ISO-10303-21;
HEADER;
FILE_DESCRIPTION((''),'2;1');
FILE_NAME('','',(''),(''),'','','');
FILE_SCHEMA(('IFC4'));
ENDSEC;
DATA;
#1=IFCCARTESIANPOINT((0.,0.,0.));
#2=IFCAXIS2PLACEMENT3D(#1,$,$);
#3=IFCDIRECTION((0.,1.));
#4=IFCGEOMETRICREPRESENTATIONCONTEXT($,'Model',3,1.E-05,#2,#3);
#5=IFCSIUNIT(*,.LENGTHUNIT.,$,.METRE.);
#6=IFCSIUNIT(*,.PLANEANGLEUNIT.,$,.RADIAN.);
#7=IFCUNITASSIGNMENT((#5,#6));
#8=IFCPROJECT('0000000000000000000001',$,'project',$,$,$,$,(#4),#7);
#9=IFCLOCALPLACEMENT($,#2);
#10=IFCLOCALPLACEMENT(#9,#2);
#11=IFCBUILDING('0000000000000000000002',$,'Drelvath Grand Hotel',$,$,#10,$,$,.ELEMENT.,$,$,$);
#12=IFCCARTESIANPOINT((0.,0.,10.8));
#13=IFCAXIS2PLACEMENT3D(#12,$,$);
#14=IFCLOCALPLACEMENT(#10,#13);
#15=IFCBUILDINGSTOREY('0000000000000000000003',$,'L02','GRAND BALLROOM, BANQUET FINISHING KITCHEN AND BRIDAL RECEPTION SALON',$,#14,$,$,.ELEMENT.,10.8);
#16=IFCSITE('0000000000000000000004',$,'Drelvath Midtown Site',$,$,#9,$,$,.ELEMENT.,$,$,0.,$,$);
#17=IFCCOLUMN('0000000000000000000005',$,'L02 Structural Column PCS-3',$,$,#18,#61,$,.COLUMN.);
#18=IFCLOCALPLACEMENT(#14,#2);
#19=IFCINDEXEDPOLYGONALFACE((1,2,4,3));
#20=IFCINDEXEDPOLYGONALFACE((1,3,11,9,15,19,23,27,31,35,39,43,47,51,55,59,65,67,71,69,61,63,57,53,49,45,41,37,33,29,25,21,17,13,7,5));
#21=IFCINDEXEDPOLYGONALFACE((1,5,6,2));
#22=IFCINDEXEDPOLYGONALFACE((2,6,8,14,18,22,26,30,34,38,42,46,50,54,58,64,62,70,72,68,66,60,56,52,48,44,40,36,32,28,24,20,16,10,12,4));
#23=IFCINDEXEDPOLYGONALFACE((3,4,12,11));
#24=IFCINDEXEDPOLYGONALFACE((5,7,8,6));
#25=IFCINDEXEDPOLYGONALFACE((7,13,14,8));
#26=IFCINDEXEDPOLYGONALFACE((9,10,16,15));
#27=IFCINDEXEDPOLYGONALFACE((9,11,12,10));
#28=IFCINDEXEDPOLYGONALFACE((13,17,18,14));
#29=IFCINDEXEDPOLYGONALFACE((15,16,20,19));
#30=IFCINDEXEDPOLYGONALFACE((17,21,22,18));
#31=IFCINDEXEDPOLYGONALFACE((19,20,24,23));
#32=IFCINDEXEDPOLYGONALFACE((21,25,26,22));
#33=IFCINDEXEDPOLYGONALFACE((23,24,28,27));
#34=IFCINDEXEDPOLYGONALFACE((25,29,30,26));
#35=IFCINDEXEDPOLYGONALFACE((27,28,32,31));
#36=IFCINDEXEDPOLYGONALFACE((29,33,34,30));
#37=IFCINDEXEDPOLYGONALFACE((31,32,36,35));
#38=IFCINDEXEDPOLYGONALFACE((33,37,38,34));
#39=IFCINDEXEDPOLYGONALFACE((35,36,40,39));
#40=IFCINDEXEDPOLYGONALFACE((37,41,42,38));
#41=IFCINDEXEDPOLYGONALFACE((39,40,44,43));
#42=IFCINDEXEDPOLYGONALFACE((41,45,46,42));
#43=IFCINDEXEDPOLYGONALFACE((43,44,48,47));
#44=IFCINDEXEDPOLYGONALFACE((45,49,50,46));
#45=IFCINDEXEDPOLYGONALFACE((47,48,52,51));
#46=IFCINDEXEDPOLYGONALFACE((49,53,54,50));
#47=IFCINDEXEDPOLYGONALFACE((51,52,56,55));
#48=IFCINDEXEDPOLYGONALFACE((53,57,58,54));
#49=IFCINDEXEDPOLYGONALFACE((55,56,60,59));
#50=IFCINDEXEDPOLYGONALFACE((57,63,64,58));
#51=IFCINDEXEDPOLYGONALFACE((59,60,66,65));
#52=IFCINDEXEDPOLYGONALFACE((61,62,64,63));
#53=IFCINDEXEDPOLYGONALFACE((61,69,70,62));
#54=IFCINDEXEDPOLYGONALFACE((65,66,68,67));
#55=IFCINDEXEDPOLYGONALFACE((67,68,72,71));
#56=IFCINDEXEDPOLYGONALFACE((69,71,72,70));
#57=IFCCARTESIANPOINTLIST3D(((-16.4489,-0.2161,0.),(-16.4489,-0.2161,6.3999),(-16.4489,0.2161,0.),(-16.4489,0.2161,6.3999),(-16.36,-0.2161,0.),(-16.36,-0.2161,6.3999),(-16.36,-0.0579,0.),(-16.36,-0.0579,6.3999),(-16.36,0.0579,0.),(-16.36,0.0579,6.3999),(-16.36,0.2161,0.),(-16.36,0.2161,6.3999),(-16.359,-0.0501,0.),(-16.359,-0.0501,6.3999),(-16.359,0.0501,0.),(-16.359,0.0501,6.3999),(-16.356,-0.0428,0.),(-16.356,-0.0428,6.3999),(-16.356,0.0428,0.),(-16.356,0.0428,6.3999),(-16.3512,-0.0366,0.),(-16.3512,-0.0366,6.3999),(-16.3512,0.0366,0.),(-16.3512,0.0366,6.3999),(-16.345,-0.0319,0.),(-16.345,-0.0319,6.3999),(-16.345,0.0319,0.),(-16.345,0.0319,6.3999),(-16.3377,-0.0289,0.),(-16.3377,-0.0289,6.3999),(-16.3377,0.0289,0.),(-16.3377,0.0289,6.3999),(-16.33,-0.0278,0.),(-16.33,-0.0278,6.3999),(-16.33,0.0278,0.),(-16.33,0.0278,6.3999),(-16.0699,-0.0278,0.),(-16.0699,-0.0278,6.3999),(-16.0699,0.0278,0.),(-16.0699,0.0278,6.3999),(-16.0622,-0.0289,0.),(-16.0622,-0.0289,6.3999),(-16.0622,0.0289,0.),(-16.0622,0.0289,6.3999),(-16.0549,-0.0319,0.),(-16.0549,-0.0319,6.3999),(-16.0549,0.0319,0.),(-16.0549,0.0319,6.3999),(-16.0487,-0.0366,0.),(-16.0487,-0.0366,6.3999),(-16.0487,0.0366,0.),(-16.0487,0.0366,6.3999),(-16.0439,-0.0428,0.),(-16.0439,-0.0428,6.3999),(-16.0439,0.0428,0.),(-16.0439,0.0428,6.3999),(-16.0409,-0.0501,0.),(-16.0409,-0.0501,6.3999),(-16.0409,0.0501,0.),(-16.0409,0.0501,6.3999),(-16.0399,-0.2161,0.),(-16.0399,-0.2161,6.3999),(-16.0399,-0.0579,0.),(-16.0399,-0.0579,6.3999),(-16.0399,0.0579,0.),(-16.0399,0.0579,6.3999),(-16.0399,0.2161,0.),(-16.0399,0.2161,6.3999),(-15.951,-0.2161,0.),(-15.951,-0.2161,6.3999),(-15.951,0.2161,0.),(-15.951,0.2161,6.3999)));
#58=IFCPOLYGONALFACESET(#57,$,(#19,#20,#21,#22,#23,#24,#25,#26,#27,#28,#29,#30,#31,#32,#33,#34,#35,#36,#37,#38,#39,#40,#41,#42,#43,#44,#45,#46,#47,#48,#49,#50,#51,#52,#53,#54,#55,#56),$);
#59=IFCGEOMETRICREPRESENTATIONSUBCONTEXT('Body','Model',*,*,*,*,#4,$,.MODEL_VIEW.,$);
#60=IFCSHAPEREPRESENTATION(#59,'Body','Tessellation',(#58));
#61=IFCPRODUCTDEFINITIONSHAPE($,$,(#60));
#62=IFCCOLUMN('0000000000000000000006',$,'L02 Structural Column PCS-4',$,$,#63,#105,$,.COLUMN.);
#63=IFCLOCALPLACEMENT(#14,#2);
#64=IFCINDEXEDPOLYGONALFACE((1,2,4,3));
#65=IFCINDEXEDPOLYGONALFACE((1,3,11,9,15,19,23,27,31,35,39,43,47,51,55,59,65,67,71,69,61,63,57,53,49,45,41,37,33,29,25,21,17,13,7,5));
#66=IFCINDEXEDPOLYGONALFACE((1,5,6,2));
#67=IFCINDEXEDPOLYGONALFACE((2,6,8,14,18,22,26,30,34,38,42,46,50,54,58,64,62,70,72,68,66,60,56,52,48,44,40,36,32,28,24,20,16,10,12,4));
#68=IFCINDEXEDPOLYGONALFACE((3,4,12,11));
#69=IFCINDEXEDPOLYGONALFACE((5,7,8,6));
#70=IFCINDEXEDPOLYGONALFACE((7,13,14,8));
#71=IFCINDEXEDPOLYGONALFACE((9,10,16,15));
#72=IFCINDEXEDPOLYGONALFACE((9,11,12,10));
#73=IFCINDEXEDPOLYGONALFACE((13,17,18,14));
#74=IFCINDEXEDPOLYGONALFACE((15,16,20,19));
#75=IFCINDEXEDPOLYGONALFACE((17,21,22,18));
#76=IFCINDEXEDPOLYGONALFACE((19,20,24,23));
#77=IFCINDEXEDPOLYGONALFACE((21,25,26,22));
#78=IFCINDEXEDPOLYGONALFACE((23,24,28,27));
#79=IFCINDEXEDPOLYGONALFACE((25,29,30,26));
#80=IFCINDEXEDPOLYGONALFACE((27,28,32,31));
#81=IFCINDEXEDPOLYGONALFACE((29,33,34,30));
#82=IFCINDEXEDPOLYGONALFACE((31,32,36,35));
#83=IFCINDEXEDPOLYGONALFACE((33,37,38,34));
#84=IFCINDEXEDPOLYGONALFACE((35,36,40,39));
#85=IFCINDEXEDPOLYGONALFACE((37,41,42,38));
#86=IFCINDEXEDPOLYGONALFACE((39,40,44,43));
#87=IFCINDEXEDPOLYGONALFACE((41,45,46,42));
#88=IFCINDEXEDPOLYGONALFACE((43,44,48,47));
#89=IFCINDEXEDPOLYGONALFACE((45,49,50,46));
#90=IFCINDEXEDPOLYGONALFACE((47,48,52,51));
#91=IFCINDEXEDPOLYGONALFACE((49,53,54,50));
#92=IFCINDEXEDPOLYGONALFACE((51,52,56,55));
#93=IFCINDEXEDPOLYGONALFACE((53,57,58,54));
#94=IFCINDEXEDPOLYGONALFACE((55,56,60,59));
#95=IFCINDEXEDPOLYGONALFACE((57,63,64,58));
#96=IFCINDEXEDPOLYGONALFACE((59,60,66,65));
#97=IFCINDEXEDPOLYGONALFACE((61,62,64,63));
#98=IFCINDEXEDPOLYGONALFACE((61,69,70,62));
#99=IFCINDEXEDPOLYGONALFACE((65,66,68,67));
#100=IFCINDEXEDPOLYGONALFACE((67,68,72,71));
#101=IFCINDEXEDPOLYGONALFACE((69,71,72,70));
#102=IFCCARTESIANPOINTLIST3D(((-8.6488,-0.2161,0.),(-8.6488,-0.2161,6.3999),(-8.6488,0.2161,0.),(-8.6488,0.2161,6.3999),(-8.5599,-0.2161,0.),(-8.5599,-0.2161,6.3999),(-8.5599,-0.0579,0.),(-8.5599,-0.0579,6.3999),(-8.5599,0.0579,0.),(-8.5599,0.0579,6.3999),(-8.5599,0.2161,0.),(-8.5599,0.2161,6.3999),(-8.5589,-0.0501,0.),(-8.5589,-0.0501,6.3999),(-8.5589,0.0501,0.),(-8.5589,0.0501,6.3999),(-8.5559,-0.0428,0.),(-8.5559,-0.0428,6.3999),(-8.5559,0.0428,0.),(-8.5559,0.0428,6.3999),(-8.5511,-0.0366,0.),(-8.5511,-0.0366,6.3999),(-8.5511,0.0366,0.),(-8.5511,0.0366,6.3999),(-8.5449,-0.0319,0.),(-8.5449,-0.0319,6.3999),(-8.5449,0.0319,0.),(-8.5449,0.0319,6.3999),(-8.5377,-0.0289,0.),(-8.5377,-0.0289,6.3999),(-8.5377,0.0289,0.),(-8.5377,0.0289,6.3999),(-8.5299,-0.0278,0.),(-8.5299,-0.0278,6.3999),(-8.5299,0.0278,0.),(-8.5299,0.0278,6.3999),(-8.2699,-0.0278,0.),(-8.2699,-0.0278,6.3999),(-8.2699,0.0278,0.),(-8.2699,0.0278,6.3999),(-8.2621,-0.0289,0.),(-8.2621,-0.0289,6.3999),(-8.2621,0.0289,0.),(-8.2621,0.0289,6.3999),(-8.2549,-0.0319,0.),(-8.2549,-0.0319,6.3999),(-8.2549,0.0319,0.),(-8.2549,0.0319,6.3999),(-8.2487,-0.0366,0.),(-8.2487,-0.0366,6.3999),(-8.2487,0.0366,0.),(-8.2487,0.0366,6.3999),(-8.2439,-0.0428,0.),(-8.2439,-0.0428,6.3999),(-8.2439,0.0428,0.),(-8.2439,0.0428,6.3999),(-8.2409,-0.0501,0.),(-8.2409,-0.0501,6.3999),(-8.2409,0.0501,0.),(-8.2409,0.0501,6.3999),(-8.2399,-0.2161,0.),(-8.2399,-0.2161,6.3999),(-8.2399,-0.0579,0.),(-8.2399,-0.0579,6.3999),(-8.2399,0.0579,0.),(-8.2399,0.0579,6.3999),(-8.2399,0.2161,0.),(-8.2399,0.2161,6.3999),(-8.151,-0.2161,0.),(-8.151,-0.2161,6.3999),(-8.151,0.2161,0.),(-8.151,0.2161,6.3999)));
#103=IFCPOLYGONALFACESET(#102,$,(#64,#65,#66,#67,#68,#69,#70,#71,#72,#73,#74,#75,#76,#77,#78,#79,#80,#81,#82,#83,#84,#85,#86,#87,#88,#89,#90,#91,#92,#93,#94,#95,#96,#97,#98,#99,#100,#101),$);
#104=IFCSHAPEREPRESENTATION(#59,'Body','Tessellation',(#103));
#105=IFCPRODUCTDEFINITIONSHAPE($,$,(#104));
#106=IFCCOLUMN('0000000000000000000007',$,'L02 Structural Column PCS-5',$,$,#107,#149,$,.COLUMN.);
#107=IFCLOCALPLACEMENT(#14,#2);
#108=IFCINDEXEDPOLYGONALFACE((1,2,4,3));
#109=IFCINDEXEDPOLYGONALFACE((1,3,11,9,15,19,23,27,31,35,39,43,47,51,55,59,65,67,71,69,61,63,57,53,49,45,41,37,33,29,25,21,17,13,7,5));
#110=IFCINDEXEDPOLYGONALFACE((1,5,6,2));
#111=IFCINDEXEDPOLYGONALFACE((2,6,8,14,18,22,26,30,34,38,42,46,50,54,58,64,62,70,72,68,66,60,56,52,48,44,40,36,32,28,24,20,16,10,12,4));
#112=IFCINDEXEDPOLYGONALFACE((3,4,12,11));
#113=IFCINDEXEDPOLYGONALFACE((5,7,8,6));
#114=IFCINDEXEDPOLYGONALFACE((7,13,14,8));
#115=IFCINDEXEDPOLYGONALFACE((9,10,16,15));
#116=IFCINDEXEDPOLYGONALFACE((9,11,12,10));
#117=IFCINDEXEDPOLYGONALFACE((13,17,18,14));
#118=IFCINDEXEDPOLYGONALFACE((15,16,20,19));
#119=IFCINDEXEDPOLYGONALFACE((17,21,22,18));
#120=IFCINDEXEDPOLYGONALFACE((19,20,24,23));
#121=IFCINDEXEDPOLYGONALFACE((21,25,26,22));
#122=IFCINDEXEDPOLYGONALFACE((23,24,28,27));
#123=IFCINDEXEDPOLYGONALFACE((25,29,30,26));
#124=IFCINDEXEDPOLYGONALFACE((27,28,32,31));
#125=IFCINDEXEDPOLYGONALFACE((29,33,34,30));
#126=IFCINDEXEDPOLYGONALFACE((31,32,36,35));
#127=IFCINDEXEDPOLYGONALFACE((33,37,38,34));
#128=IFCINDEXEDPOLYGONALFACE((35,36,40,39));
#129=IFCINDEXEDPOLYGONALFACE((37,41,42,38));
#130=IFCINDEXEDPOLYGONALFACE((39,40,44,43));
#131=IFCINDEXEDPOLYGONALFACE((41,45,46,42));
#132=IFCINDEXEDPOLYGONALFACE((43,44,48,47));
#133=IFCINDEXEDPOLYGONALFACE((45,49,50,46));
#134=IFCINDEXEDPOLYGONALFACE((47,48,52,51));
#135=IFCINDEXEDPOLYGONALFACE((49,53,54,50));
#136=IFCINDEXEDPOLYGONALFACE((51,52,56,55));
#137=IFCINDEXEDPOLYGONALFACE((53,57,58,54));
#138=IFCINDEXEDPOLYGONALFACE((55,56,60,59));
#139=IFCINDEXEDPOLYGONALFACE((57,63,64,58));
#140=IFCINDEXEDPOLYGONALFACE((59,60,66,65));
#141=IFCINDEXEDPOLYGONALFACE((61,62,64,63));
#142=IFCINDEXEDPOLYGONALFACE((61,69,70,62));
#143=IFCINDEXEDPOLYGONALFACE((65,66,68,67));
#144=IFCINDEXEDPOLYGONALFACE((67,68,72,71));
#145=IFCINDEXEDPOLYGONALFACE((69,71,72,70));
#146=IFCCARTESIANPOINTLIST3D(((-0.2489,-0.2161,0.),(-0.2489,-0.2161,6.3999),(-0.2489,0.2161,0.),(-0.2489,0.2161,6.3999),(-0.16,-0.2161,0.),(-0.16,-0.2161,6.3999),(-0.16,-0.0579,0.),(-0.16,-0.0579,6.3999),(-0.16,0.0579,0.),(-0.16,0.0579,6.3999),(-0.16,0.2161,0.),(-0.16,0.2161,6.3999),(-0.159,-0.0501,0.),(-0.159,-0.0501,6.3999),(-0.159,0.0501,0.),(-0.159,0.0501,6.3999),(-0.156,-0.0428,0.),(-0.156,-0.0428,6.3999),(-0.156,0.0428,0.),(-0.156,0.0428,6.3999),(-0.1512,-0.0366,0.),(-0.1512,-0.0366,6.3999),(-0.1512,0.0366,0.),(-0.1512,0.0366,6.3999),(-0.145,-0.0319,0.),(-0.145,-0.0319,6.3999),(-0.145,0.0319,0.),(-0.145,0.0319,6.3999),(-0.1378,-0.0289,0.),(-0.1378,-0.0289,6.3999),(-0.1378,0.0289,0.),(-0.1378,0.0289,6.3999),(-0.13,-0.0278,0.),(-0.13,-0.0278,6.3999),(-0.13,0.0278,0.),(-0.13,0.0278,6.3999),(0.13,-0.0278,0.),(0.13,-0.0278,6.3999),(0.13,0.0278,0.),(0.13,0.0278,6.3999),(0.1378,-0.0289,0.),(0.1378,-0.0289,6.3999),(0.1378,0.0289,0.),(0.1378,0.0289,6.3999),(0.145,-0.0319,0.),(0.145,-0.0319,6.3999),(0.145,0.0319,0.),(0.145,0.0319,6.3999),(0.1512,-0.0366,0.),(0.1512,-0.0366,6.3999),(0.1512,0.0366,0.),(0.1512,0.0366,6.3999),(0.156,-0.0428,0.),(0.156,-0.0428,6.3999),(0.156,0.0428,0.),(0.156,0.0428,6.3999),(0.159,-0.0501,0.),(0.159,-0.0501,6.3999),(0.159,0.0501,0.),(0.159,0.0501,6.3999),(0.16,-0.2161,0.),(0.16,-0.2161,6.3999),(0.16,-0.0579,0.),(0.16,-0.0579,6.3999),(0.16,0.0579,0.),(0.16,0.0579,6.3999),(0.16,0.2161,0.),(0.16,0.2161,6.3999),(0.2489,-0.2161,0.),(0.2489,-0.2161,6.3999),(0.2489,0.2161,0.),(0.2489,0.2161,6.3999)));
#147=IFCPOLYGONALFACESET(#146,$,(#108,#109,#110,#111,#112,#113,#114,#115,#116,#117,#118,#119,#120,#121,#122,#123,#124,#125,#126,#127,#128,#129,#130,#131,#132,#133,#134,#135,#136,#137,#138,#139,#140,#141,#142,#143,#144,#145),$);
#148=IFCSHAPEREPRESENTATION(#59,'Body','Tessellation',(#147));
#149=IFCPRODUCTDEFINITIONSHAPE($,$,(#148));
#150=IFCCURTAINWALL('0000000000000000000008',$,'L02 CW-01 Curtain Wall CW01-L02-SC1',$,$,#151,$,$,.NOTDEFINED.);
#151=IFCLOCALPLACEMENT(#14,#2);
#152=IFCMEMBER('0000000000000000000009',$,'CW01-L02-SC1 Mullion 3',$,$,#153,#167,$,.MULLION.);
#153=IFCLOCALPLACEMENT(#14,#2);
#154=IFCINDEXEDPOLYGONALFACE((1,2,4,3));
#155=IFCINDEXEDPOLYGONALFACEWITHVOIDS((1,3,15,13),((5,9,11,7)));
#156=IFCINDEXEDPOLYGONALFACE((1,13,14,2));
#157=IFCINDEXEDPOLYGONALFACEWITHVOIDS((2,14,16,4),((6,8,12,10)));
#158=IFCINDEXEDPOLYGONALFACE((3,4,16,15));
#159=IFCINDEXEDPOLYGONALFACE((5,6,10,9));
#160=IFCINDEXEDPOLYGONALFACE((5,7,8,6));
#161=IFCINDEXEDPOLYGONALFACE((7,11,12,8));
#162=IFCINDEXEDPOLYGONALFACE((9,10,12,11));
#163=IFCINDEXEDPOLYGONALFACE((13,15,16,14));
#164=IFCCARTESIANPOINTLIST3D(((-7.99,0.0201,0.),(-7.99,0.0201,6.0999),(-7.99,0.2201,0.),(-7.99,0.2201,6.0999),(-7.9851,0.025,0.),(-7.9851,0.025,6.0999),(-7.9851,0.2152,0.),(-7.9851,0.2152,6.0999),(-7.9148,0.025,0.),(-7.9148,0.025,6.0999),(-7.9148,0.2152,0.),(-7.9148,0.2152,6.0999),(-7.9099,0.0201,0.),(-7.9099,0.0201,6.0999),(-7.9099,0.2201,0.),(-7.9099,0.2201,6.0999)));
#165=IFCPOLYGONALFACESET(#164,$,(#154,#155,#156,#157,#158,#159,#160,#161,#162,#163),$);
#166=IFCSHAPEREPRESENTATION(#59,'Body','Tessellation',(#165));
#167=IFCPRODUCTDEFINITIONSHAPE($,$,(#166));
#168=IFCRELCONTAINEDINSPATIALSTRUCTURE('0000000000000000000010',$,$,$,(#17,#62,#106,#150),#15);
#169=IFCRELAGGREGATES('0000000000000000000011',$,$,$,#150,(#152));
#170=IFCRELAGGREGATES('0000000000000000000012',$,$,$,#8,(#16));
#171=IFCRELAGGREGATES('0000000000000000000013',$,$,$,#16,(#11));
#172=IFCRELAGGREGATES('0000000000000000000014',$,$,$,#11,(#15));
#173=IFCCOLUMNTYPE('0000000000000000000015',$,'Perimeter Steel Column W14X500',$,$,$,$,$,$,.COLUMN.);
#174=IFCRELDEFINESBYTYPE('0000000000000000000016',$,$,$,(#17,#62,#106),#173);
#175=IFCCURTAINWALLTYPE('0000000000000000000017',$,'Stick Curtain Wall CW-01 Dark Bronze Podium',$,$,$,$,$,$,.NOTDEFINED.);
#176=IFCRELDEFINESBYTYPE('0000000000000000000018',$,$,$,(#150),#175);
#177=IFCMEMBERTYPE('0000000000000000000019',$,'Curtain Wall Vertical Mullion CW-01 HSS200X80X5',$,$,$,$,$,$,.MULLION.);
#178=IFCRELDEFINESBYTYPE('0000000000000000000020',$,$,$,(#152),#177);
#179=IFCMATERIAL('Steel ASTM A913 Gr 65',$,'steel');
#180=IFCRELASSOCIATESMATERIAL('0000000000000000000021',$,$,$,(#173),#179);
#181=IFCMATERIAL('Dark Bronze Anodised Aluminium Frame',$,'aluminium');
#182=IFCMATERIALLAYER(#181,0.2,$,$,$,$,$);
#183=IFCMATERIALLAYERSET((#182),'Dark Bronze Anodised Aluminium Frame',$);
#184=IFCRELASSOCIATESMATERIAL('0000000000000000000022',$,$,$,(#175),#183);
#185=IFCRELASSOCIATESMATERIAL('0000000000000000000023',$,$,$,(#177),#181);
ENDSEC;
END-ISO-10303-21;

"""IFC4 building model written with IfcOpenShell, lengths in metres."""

from ifc_helpers import new_model, si_unit, direction, frame, origin, origin_2d, place, context, subcontext, project, spatial, hollow_rectangle, i_section, extrude, material, layer, layer_set, material_profile, profile_set, type_object, element, aggregate, save


model = new_model("IFC4")

# Units and contexts
model_context = context("Model", 3, precision=1e-05, world=origin(), true_north=direction((0.0, 1.0)))
body_context = subcontext(model_context, "Body", "Model", "MODEL_VIEW")
ifc_project = project(units=[si_unit("LENGTHUNIT", "METRE"), si_unit("PLANEANGLEUNIT", "RADIAN")], contexts=[model_context])

# Site, building, storey
site_placement = place(None, origin())
site = spatial("IfcSite", under=ifc_project, at=site_placement, Name="Drelvath Midtown Site", CompositionType="ELEMENT", RefElevation=0.0)
building_placement = place(site_placement, origin())
building = spatial("IfcBuilding", under=site, at=building_placement, Name="Drelvath Grand Hotel", CompositionType="ELEMENT")
storey_placement = place(building_placement, frame((0.0, 0.0, 10.8)))
storey = spatial("IfcBuildingStorey", under=building, at=storey_placement, Name="L02", Description="GRAND BALLROOM, BANQUET FINISHING KITCHEN AND BRIDAL RECEPTION SALON", CompositionType="ELEMENT", Elevation=10.8)

# Columns
ifc_material_1 = material(Name="Steel ASTM A913 Gr 65", Category="steel")
ifc_material_profile_1 = material_profile(ifc_material_1, i_section(OverallWidth=0.4321, OverallDepth=0.4978, WebThickness=0.0557, FlangeThickness=0.0889, FilletRadius=0.03, at=origin_2d()), Name="W14X500")
ifc_profile_set_1 = profile_set([ifc_material_profile_1], Name="Steel ASTM A913 Gr 65")
column_type = type_object("IfcColumnType", Name="Perimeter Steel Column W14X500", PredefinedType="COLUMN", material=ifc_profile_set_1)
for number, where, z_axis, x_axis, name in (
    (1, (-16.2, 0.0, 0.0), (0.0, 0.0, 1.0), (0.0, 1.0, 0.0), "L02 Structural Column PCS-3"),
    (2, (-8.3999, 0.0, 0.0), (0.0, 0.0, 1.0), (0.0, 1.0, 0.0), "L02 Structural Column PCS-4"),
    (3, (0.0, 0.0, 0.0), (0.0, 0.0, 1.0), (0.0, 1.0, 0.0), "L02 Structural Column PCS-5"),
):
    element("IfcColumn", number, at=place(storey_placement, frame(where, z_axis=z_axis, x_axis=x_axis)), inside=storey, type_object=column_type, Name=name, PredefinedType="COLUMN", context=body_context, shape_type="SweptSolid", body=[
        extrude(i_section(OverallWidth=0.4321, OverallDepth=0.4978, WebThickness=0.0557, FlangeThickness=0.0889, FilletRadius=0.03, at=origin_2d()), origin(), (0.0, 0.0, 1.0), 6.3999),
    ])

# Curtain wall, member
ifc_material_2 = material(Name="Dark Bronze Anodised Aluminium Frame", Category="aluminium")
ifc_layer_1 = layer(ifc_material_2, 0.2)
ifc_layer_set_1 = layer_set([ifc_layer_1], Name="Dark Bronze Anodised Aluminium Frame")
curtain_wall_type = type_object("IfcCurtainWallType", Name="Stick Curtain Wall CW-01 Dark Bronze Podium", PredefinedType="NOTDEFINED", material=ifc_layer_set_1)
curtain_wall_placement = place(storey_placement, origin())
curtain_wall = element("IfcCurtainWall", 4, at=curtain_wall_placement, inside=storey, type_object=curtain_wall_type, Name="L02 CW-01 Curtain Wall CW01-L02-SC1", PredefinedType="NOTDEFINED")
ifc_material_profile_2 = material_profile(ifc_material_2, hollow_rectangle(XDim=0.0801, YDim=0.2, WallThickness=0.0049, at=origin_2d()), Name="HSS200X80X5")
ifc_profile_set_2 = profile_set([ifc_material_profile_2], Name="Dark Bronze Anodised Aluminium Frame")
member_type = type_object("IfcMemberType", Name="Curtain Wall Vertical Mullion CW-01 HSS200X80X5", PredefinedType="MULLION", material=ifc_profile_set_2)
member_placement = place(storey_placement, frame((-7.95, 0.1201, 0.0), z_axis=(0.0, 0.0, 1.0), x_axis=(1.0, 0.0, 0.0)))
member = element("IfcMember", 5, at=member_placement, type_object=member_type, Name="CW01-L02-SC1 Mullion 3", PredefinedType="MULLION", context=body_context, shape_type="SweptSolid", body=[
    extrude(hollow_rectangle(XDim=0.0801, YDim=0.2, WallThickness=0.0049, at=origin_2d()), origin(), (0.0, 0.0, 1.0), 6.0999),
])

aggregate(curtain_wall, [member])

save(model, "model.ifc")
